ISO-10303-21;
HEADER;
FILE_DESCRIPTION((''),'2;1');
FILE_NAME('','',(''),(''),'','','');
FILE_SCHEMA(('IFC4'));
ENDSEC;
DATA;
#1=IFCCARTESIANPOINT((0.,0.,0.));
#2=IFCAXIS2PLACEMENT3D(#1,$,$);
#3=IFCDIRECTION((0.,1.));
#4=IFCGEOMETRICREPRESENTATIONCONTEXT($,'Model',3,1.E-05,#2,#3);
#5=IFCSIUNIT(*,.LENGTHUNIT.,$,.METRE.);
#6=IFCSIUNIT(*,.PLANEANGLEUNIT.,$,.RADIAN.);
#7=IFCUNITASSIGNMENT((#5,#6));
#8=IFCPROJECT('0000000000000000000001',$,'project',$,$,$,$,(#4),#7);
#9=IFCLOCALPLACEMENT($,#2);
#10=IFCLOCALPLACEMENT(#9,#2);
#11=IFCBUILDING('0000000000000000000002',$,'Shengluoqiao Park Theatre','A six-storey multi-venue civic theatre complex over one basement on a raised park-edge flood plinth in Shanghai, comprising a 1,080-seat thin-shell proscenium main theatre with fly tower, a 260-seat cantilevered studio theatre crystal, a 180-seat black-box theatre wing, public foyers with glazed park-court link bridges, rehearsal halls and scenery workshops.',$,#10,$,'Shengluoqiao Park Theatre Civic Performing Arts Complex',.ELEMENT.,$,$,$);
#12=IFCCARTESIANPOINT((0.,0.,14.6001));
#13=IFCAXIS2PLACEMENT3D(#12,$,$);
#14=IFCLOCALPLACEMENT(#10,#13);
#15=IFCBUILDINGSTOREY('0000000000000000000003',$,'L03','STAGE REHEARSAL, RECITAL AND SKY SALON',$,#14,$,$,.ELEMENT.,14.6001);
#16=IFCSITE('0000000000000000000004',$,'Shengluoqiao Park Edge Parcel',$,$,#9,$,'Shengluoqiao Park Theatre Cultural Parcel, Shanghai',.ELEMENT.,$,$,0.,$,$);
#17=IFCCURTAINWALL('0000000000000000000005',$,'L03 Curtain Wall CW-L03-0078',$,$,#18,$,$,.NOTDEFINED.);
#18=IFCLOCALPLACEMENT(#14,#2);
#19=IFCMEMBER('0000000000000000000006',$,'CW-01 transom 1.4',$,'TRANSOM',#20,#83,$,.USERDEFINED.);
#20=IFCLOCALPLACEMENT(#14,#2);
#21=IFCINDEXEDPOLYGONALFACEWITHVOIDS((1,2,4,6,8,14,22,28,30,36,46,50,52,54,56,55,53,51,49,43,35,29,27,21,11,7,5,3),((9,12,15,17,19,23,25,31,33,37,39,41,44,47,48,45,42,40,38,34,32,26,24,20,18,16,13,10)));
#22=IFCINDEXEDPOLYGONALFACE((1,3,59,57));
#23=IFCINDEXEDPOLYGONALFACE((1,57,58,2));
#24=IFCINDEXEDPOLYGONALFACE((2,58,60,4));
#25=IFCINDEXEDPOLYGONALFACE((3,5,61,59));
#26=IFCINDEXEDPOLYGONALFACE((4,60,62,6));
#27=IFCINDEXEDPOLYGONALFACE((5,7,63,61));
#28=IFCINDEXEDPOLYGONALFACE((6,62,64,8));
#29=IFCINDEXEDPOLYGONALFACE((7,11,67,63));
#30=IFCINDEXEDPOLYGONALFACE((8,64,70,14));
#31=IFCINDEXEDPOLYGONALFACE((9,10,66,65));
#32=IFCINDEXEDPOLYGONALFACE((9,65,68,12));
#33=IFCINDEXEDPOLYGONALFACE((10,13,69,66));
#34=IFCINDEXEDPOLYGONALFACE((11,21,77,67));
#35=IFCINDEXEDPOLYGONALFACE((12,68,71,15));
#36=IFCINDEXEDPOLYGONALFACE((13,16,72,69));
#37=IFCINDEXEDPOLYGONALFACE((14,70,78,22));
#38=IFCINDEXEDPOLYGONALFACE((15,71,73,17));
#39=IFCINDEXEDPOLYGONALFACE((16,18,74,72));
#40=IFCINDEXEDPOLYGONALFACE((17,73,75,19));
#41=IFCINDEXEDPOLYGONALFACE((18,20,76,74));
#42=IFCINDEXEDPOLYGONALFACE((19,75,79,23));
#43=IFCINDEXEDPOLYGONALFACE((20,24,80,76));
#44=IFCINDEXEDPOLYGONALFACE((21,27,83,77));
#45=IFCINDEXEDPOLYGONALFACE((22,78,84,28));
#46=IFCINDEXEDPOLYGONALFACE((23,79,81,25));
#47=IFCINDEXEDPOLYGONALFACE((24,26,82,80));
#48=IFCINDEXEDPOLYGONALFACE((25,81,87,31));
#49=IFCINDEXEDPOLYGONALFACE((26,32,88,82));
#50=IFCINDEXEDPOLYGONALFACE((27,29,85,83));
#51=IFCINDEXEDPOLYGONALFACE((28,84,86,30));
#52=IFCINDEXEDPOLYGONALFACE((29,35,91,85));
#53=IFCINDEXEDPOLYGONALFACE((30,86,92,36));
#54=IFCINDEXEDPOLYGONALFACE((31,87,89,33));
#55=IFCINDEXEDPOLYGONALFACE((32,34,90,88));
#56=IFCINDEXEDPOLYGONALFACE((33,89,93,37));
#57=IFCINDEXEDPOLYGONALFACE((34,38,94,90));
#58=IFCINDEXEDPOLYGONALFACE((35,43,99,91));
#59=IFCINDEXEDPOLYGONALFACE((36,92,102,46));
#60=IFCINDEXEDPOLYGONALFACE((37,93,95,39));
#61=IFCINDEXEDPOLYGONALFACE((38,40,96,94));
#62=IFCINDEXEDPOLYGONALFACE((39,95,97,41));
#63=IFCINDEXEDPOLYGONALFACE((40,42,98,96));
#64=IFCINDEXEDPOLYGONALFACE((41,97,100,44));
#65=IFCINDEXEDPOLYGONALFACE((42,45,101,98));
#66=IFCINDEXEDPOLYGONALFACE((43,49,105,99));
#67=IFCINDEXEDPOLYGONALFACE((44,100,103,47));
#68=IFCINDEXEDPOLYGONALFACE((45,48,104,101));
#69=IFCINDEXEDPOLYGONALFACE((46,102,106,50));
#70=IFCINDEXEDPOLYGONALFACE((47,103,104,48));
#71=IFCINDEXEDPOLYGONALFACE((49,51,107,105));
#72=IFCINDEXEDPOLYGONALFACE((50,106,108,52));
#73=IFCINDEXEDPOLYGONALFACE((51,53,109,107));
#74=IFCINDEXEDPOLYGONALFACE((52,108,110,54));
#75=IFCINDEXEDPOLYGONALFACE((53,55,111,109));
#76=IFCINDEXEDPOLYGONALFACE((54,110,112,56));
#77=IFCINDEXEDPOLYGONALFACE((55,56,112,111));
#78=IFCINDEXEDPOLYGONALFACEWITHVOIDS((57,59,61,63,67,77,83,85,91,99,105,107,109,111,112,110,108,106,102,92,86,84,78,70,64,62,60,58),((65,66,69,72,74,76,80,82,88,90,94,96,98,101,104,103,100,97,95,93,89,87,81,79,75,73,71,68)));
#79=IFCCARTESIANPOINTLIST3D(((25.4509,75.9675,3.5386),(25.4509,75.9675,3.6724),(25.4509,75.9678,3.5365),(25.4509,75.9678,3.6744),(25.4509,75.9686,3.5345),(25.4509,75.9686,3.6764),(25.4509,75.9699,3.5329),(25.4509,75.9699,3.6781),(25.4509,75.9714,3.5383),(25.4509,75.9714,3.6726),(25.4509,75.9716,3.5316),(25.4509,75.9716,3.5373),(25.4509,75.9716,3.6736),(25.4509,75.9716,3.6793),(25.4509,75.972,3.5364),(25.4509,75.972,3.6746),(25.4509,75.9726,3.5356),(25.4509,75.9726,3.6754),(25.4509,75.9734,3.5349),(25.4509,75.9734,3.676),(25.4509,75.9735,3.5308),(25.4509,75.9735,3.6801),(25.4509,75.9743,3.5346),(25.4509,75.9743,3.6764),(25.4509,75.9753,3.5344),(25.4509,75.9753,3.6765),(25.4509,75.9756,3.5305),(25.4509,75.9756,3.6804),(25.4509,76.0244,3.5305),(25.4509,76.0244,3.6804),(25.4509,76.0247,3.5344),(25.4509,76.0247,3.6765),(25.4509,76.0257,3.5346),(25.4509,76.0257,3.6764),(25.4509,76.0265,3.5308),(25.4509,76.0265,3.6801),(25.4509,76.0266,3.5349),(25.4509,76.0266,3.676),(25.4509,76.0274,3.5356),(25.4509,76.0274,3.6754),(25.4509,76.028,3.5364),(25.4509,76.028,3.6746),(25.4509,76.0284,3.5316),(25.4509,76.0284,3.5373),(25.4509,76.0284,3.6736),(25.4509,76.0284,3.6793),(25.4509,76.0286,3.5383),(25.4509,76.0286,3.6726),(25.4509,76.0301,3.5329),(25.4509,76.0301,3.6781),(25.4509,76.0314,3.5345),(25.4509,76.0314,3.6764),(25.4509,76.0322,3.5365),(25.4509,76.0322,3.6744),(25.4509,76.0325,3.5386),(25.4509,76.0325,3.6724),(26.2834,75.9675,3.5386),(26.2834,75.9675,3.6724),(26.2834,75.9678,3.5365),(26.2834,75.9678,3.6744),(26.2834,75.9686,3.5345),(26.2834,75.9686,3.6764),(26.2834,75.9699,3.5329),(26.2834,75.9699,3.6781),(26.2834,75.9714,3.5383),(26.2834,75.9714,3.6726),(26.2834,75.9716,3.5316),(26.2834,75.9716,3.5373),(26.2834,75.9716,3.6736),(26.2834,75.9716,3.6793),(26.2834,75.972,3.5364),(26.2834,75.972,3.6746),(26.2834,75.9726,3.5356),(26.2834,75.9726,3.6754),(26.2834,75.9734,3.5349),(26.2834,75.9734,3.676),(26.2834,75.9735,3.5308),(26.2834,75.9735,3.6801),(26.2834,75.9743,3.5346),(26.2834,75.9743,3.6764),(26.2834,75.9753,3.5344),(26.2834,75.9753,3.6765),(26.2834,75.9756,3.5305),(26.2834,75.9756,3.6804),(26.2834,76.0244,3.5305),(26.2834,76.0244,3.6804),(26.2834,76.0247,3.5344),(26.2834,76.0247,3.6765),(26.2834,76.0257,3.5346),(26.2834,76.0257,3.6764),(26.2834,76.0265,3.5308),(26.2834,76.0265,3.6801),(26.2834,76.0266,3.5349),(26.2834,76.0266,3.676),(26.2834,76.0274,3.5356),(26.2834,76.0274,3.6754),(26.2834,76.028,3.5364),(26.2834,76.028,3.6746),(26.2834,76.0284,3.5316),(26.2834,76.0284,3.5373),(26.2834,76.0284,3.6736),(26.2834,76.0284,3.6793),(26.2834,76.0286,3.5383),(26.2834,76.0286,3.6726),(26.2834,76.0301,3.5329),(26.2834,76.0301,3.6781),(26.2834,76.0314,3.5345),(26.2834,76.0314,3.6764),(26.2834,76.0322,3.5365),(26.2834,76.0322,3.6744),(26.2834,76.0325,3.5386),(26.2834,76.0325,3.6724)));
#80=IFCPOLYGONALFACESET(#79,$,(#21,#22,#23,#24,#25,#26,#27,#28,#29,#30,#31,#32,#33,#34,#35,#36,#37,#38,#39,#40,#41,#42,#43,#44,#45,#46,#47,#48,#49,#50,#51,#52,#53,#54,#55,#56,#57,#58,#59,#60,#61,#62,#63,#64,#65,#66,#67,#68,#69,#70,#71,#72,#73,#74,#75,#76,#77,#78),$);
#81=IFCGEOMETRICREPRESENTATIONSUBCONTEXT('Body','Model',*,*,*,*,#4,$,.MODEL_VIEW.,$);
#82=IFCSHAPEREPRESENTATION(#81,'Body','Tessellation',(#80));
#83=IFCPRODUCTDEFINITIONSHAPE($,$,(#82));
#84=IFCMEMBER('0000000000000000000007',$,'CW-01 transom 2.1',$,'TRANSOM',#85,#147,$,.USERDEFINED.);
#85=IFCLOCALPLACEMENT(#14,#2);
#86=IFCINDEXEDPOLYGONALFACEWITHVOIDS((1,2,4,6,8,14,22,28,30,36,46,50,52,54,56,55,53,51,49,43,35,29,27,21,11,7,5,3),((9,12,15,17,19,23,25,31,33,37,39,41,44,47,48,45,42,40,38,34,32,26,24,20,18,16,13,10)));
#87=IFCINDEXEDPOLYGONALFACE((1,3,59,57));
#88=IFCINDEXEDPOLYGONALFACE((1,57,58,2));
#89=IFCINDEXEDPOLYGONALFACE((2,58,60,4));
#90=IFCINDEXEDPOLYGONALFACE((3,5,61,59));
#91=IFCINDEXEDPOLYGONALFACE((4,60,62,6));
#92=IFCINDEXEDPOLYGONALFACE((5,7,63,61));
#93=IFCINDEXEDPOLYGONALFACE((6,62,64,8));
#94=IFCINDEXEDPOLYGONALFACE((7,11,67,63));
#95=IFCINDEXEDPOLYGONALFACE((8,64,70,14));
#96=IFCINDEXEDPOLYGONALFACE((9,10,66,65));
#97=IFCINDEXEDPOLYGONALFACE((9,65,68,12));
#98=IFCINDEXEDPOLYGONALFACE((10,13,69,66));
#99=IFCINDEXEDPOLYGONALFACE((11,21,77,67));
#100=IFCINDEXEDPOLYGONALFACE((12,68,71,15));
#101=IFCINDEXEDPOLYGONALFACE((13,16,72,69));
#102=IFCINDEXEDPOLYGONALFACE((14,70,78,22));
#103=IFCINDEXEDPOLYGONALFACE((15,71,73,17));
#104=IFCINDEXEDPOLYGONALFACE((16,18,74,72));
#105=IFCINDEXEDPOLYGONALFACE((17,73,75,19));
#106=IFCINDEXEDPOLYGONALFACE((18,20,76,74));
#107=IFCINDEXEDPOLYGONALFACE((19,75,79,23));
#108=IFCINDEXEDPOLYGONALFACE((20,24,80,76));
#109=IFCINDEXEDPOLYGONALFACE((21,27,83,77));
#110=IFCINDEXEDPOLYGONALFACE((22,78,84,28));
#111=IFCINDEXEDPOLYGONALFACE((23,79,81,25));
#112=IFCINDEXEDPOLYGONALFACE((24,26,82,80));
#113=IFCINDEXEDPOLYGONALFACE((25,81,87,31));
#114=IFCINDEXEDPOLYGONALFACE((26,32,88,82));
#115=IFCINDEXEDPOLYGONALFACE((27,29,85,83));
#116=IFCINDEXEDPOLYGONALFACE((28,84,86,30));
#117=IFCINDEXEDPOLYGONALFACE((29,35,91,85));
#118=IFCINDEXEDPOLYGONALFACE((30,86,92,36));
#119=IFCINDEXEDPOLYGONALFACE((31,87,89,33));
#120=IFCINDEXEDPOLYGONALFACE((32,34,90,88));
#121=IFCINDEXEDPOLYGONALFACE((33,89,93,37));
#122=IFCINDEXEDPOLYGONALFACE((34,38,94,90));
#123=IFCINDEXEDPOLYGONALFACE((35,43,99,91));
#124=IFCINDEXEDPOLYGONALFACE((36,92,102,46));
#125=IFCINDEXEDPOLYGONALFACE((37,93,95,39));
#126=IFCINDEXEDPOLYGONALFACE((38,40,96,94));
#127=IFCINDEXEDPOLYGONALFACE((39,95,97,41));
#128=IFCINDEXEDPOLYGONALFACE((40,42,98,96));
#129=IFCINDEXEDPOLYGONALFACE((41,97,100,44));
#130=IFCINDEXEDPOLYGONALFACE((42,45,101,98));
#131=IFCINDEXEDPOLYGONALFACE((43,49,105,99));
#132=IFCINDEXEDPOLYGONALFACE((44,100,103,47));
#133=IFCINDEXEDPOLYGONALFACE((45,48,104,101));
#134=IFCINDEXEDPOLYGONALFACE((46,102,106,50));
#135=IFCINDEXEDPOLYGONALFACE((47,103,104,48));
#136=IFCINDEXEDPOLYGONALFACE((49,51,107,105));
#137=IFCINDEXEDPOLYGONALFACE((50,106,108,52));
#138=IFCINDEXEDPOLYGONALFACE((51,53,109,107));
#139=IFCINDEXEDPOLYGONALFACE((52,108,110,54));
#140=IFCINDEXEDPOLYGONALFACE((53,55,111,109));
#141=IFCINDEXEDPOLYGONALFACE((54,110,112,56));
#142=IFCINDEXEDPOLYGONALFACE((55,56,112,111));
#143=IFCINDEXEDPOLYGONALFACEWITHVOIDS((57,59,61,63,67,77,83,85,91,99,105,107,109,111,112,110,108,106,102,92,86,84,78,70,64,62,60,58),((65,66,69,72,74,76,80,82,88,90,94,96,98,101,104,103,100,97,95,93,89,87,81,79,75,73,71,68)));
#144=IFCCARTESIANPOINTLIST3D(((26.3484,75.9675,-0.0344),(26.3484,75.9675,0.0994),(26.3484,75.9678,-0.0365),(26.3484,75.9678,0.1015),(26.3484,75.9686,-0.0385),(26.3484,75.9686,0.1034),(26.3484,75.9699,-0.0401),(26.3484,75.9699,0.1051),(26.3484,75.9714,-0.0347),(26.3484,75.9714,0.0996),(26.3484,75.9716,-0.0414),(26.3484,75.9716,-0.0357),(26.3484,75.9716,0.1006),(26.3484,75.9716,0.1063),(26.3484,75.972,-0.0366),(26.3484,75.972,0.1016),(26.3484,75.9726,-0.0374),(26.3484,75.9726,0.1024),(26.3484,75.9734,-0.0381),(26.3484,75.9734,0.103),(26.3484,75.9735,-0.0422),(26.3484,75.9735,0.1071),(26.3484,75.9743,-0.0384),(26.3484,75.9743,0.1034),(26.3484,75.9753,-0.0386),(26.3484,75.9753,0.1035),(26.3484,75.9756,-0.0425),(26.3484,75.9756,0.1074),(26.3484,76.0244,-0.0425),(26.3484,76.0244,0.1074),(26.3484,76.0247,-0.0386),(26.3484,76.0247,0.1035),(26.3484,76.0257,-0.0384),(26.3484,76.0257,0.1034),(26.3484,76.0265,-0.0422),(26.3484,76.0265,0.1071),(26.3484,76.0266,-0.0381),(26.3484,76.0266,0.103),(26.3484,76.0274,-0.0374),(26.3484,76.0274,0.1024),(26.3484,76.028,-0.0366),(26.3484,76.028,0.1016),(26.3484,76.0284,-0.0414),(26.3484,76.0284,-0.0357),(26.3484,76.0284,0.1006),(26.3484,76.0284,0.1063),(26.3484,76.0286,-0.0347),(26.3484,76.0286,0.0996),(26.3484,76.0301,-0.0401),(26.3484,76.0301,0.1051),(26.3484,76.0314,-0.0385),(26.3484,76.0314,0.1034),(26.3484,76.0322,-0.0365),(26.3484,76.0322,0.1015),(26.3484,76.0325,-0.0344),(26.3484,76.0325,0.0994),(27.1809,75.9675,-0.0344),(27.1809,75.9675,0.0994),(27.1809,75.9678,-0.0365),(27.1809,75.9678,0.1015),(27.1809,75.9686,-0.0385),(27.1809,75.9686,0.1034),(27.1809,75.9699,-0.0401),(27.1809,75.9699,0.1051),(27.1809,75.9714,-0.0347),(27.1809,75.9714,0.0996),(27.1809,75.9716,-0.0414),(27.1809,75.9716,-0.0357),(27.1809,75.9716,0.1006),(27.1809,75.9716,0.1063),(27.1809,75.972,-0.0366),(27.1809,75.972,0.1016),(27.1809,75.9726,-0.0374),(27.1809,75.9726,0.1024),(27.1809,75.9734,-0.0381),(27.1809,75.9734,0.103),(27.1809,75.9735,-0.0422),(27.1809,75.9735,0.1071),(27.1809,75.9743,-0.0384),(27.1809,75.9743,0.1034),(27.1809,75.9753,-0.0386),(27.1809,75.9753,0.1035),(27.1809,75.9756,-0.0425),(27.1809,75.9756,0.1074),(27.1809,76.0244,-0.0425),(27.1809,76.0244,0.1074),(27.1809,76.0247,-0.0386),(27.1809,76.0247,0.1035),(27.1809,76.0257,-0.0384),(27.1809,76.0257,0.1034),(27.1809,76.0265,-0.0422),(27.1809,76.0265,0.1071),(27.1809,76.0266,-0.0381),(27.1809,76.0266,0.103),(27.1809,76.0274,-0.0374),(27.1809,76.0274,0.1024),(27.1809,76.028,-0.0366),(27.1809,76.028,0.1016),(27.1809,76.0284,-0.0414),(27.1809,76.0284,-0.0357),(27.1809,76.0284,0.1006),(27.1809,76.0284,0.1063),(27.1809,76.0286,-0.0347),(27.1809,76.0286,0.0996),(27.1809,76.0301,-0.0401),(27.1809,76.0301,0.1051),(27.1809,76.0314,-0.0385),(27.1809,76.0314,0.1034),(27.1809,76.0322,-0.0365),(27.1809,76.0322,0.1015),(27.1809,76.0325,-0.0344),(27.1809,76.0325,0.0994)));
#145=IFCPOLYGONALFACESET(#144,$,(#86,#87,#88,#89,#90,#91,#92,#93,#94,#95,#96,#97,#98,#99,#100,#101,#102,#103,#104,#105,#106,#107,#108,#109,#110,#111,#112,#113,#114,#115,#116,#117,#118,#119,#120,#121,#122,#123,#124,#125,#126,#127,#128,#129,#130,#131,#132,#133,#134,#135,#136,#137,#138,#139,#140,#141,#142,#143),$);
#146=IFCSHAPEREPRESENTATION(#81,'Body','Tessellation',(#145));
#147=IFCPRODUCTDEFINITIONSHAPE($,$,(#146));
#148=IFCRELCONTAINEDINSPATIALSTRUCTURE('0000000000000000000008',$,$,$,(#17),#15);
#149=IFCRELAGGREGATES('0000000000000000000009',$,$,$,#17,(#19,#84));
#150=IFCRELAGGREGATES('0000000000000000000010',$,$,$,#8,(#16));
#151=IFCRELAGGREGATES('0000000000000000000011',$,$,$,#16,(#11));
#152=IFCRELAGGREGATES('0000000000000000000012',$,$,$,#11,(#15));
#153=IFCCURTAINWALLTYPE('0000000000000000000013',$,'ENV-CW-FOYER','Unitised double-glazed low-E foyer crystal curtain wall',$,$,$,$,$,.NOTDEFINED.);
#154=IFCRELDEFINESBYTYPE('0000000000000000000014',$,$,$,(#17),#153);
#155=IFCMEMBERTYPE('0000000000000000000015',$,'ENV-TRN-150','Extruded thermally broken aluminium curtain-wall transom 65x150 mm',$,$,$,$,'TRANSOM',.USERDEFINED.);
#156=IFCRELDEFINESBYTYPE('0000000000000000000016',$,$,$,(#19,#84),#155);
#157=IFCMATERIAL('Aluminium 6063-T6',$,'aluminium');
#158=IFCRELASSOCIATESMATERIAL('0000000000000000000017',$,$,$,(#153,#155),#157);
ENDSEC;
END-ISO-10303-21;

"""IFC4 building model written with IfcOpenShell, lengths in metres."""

from ifc_helpers import new_model, si_unit, direction, frame, origin, origin_2d, place, context, subcontext, project, spatial, hollow_rectangle, extrude, material, material_profile, profile_set, type_object, element, aggregate, save


model = new_model("IFC4")

# Units and contexts
model_context = context("Model", 3, precision=1e-05, world=origin(), true_north=direction((0.0, 1.0)))
body_context = subcontext(model_context, "Body", "Model", "MODEL_VIEW")
ifc_project = project(units=[si_unit("LENGTHUNIT", "METRE"), si_unit("PLANEANGLEUNIT", "RADIAN")], contexts=[model_context])

# Site, building, storey
site_placement = place(None, origin())
site = spatial("IfcSite", under=ifc_project, at=site_placement, Name="Shengluoqiao Park Edge Parcel", LongName="Shengluoqiao Park Theatre Cultural Parcel, Shanghai", CompositionType="ELEMENT", RefElevation=0.0)
building_placement = place(site_placement, origin())
building = spatial("IfcBuilding", under=site, at=building_placement, Name="Shengluoqiao Park Theatre", Description="A six-storey multi-venue civic theatre complex over one basement on a raised park-edge flood plinth in Shanghai, comprising a 1,080-seat thin-shell proscenium main theatre with fly tower, a 260-seat cantilevered studio theatre crystal, a 180-seat black-box theatre wing, public foyers with glazed park-court link bridges, rehearsal halls and scenery workshops.", LongName="Shengluoqiao Park Theatre Civic Performing Arts Complex", CompositionType="ELEMENT")
storey_placement = place(building_placement, frame((0.0, 0.0, 14.6001)))
storey = spatial("IfcBuildingStorey", under=building, at=storey_placement, Name="L03", Description="STAGE REHEARSAL, RECITAL AND SKY SALON", CompositionType="ELEMENT", Elevation=14.6001)

# Curtain wall
ifc_material_1 = material(Name="Aluminium 6063-T6", Category="aluminium")
curtain_wall_type = type_object("IfcCurtainWallType", Name="ENV-CW-FOYER", Description="Unitised double-glazed low-E foyer crystal curtain wall", PredefinedType="NOTDEFINED", material=ifc_material_1)
curtain_wall_1_placement = place(storey_placement, origin())
curtain_wall_1 = element("IfcCurtainWall", 1, at=curtain_wall_1_placement, inside=storey, type_object=curtain_wall_type, Name="L03 Curtain Wall CW-L03-0078", PredefinedType="NOTDEFINED")

# Members
ifc_material_profile_1 = material_profile(ifc_material_1, hollow_rectangle(XDim=0.0649, YDim=0.1499, WallThickness=0.0039, InnerFilletRadius=0.0039, OuterFilletRadius=0.0081, at=origin_2d()), Name="ALU TRANSOM 150x65x4")
ifc_profile_set_1 = profile_set([ifc_material_profile_1], Name="Aluminium 6063-T6")
member_type_1 = type_object("IfcMemberType", Name="ENV-TRN-150", Description="Extruded thermally broken aluminium curtain-wall transom 65x150 mm", ElementType="TRANSOM", PredefinedType="USERDEFINED", material=ifc_profile_set_1)
member_1_placement = place(storey_placement, frame((25.4509, 76.0, 3.6055), z_axis=(1.0, 0.0, 0.0), x_axis=(0.0, 1.0, 0.0)))
member_1 = element("IfcMember", 2, at=member_1_placement, type_object=member_type_1, Name="CW-01 transom 1.4", ObjectType="TRANSOM", PredefinedType="USERDEFINED", context=body_context, shape_type="SweptSolid", body=[
    extrude(hollow_rectangle(XDim=0.0649, YDim=0.1499, WallThickness=0.0039, InnerFilletRadius=0.0039, OuterFilletRadius=0.0081, at=origin_2d()), origin(), (0.0, 0.0, 1.0), 0.8325),
])
member_2_placement = place(storey_placement, frame((26.3484, 76.0, 0.0325), z_axis=(1.0, 0.0, 0.0), x_axis=(0.0, 1.0, 0.0)))
member_2 = element("IfcMember", 3, at=member_2_placement, type_object=member_type_1, Name="CW-01 transom 2.1", ObjectType="TRANSOM", PredefinedType="USERDEFINED", context=body_context, shape_type="SweptSolid", body=[
    extrude(hollow_rectangle(XDim=0.0649, YDim=0.1499, WallThickness=0.0039, InnerFilletRadius=0.0039, OuterFilletRadius=0.0081, at=origin_2d()), origin(), (0.0, 0.0, 1.0), 0.8325),
])

aggregate(curtain_wall_1, [member_1, member_2])

save(model, "model.ifc")
